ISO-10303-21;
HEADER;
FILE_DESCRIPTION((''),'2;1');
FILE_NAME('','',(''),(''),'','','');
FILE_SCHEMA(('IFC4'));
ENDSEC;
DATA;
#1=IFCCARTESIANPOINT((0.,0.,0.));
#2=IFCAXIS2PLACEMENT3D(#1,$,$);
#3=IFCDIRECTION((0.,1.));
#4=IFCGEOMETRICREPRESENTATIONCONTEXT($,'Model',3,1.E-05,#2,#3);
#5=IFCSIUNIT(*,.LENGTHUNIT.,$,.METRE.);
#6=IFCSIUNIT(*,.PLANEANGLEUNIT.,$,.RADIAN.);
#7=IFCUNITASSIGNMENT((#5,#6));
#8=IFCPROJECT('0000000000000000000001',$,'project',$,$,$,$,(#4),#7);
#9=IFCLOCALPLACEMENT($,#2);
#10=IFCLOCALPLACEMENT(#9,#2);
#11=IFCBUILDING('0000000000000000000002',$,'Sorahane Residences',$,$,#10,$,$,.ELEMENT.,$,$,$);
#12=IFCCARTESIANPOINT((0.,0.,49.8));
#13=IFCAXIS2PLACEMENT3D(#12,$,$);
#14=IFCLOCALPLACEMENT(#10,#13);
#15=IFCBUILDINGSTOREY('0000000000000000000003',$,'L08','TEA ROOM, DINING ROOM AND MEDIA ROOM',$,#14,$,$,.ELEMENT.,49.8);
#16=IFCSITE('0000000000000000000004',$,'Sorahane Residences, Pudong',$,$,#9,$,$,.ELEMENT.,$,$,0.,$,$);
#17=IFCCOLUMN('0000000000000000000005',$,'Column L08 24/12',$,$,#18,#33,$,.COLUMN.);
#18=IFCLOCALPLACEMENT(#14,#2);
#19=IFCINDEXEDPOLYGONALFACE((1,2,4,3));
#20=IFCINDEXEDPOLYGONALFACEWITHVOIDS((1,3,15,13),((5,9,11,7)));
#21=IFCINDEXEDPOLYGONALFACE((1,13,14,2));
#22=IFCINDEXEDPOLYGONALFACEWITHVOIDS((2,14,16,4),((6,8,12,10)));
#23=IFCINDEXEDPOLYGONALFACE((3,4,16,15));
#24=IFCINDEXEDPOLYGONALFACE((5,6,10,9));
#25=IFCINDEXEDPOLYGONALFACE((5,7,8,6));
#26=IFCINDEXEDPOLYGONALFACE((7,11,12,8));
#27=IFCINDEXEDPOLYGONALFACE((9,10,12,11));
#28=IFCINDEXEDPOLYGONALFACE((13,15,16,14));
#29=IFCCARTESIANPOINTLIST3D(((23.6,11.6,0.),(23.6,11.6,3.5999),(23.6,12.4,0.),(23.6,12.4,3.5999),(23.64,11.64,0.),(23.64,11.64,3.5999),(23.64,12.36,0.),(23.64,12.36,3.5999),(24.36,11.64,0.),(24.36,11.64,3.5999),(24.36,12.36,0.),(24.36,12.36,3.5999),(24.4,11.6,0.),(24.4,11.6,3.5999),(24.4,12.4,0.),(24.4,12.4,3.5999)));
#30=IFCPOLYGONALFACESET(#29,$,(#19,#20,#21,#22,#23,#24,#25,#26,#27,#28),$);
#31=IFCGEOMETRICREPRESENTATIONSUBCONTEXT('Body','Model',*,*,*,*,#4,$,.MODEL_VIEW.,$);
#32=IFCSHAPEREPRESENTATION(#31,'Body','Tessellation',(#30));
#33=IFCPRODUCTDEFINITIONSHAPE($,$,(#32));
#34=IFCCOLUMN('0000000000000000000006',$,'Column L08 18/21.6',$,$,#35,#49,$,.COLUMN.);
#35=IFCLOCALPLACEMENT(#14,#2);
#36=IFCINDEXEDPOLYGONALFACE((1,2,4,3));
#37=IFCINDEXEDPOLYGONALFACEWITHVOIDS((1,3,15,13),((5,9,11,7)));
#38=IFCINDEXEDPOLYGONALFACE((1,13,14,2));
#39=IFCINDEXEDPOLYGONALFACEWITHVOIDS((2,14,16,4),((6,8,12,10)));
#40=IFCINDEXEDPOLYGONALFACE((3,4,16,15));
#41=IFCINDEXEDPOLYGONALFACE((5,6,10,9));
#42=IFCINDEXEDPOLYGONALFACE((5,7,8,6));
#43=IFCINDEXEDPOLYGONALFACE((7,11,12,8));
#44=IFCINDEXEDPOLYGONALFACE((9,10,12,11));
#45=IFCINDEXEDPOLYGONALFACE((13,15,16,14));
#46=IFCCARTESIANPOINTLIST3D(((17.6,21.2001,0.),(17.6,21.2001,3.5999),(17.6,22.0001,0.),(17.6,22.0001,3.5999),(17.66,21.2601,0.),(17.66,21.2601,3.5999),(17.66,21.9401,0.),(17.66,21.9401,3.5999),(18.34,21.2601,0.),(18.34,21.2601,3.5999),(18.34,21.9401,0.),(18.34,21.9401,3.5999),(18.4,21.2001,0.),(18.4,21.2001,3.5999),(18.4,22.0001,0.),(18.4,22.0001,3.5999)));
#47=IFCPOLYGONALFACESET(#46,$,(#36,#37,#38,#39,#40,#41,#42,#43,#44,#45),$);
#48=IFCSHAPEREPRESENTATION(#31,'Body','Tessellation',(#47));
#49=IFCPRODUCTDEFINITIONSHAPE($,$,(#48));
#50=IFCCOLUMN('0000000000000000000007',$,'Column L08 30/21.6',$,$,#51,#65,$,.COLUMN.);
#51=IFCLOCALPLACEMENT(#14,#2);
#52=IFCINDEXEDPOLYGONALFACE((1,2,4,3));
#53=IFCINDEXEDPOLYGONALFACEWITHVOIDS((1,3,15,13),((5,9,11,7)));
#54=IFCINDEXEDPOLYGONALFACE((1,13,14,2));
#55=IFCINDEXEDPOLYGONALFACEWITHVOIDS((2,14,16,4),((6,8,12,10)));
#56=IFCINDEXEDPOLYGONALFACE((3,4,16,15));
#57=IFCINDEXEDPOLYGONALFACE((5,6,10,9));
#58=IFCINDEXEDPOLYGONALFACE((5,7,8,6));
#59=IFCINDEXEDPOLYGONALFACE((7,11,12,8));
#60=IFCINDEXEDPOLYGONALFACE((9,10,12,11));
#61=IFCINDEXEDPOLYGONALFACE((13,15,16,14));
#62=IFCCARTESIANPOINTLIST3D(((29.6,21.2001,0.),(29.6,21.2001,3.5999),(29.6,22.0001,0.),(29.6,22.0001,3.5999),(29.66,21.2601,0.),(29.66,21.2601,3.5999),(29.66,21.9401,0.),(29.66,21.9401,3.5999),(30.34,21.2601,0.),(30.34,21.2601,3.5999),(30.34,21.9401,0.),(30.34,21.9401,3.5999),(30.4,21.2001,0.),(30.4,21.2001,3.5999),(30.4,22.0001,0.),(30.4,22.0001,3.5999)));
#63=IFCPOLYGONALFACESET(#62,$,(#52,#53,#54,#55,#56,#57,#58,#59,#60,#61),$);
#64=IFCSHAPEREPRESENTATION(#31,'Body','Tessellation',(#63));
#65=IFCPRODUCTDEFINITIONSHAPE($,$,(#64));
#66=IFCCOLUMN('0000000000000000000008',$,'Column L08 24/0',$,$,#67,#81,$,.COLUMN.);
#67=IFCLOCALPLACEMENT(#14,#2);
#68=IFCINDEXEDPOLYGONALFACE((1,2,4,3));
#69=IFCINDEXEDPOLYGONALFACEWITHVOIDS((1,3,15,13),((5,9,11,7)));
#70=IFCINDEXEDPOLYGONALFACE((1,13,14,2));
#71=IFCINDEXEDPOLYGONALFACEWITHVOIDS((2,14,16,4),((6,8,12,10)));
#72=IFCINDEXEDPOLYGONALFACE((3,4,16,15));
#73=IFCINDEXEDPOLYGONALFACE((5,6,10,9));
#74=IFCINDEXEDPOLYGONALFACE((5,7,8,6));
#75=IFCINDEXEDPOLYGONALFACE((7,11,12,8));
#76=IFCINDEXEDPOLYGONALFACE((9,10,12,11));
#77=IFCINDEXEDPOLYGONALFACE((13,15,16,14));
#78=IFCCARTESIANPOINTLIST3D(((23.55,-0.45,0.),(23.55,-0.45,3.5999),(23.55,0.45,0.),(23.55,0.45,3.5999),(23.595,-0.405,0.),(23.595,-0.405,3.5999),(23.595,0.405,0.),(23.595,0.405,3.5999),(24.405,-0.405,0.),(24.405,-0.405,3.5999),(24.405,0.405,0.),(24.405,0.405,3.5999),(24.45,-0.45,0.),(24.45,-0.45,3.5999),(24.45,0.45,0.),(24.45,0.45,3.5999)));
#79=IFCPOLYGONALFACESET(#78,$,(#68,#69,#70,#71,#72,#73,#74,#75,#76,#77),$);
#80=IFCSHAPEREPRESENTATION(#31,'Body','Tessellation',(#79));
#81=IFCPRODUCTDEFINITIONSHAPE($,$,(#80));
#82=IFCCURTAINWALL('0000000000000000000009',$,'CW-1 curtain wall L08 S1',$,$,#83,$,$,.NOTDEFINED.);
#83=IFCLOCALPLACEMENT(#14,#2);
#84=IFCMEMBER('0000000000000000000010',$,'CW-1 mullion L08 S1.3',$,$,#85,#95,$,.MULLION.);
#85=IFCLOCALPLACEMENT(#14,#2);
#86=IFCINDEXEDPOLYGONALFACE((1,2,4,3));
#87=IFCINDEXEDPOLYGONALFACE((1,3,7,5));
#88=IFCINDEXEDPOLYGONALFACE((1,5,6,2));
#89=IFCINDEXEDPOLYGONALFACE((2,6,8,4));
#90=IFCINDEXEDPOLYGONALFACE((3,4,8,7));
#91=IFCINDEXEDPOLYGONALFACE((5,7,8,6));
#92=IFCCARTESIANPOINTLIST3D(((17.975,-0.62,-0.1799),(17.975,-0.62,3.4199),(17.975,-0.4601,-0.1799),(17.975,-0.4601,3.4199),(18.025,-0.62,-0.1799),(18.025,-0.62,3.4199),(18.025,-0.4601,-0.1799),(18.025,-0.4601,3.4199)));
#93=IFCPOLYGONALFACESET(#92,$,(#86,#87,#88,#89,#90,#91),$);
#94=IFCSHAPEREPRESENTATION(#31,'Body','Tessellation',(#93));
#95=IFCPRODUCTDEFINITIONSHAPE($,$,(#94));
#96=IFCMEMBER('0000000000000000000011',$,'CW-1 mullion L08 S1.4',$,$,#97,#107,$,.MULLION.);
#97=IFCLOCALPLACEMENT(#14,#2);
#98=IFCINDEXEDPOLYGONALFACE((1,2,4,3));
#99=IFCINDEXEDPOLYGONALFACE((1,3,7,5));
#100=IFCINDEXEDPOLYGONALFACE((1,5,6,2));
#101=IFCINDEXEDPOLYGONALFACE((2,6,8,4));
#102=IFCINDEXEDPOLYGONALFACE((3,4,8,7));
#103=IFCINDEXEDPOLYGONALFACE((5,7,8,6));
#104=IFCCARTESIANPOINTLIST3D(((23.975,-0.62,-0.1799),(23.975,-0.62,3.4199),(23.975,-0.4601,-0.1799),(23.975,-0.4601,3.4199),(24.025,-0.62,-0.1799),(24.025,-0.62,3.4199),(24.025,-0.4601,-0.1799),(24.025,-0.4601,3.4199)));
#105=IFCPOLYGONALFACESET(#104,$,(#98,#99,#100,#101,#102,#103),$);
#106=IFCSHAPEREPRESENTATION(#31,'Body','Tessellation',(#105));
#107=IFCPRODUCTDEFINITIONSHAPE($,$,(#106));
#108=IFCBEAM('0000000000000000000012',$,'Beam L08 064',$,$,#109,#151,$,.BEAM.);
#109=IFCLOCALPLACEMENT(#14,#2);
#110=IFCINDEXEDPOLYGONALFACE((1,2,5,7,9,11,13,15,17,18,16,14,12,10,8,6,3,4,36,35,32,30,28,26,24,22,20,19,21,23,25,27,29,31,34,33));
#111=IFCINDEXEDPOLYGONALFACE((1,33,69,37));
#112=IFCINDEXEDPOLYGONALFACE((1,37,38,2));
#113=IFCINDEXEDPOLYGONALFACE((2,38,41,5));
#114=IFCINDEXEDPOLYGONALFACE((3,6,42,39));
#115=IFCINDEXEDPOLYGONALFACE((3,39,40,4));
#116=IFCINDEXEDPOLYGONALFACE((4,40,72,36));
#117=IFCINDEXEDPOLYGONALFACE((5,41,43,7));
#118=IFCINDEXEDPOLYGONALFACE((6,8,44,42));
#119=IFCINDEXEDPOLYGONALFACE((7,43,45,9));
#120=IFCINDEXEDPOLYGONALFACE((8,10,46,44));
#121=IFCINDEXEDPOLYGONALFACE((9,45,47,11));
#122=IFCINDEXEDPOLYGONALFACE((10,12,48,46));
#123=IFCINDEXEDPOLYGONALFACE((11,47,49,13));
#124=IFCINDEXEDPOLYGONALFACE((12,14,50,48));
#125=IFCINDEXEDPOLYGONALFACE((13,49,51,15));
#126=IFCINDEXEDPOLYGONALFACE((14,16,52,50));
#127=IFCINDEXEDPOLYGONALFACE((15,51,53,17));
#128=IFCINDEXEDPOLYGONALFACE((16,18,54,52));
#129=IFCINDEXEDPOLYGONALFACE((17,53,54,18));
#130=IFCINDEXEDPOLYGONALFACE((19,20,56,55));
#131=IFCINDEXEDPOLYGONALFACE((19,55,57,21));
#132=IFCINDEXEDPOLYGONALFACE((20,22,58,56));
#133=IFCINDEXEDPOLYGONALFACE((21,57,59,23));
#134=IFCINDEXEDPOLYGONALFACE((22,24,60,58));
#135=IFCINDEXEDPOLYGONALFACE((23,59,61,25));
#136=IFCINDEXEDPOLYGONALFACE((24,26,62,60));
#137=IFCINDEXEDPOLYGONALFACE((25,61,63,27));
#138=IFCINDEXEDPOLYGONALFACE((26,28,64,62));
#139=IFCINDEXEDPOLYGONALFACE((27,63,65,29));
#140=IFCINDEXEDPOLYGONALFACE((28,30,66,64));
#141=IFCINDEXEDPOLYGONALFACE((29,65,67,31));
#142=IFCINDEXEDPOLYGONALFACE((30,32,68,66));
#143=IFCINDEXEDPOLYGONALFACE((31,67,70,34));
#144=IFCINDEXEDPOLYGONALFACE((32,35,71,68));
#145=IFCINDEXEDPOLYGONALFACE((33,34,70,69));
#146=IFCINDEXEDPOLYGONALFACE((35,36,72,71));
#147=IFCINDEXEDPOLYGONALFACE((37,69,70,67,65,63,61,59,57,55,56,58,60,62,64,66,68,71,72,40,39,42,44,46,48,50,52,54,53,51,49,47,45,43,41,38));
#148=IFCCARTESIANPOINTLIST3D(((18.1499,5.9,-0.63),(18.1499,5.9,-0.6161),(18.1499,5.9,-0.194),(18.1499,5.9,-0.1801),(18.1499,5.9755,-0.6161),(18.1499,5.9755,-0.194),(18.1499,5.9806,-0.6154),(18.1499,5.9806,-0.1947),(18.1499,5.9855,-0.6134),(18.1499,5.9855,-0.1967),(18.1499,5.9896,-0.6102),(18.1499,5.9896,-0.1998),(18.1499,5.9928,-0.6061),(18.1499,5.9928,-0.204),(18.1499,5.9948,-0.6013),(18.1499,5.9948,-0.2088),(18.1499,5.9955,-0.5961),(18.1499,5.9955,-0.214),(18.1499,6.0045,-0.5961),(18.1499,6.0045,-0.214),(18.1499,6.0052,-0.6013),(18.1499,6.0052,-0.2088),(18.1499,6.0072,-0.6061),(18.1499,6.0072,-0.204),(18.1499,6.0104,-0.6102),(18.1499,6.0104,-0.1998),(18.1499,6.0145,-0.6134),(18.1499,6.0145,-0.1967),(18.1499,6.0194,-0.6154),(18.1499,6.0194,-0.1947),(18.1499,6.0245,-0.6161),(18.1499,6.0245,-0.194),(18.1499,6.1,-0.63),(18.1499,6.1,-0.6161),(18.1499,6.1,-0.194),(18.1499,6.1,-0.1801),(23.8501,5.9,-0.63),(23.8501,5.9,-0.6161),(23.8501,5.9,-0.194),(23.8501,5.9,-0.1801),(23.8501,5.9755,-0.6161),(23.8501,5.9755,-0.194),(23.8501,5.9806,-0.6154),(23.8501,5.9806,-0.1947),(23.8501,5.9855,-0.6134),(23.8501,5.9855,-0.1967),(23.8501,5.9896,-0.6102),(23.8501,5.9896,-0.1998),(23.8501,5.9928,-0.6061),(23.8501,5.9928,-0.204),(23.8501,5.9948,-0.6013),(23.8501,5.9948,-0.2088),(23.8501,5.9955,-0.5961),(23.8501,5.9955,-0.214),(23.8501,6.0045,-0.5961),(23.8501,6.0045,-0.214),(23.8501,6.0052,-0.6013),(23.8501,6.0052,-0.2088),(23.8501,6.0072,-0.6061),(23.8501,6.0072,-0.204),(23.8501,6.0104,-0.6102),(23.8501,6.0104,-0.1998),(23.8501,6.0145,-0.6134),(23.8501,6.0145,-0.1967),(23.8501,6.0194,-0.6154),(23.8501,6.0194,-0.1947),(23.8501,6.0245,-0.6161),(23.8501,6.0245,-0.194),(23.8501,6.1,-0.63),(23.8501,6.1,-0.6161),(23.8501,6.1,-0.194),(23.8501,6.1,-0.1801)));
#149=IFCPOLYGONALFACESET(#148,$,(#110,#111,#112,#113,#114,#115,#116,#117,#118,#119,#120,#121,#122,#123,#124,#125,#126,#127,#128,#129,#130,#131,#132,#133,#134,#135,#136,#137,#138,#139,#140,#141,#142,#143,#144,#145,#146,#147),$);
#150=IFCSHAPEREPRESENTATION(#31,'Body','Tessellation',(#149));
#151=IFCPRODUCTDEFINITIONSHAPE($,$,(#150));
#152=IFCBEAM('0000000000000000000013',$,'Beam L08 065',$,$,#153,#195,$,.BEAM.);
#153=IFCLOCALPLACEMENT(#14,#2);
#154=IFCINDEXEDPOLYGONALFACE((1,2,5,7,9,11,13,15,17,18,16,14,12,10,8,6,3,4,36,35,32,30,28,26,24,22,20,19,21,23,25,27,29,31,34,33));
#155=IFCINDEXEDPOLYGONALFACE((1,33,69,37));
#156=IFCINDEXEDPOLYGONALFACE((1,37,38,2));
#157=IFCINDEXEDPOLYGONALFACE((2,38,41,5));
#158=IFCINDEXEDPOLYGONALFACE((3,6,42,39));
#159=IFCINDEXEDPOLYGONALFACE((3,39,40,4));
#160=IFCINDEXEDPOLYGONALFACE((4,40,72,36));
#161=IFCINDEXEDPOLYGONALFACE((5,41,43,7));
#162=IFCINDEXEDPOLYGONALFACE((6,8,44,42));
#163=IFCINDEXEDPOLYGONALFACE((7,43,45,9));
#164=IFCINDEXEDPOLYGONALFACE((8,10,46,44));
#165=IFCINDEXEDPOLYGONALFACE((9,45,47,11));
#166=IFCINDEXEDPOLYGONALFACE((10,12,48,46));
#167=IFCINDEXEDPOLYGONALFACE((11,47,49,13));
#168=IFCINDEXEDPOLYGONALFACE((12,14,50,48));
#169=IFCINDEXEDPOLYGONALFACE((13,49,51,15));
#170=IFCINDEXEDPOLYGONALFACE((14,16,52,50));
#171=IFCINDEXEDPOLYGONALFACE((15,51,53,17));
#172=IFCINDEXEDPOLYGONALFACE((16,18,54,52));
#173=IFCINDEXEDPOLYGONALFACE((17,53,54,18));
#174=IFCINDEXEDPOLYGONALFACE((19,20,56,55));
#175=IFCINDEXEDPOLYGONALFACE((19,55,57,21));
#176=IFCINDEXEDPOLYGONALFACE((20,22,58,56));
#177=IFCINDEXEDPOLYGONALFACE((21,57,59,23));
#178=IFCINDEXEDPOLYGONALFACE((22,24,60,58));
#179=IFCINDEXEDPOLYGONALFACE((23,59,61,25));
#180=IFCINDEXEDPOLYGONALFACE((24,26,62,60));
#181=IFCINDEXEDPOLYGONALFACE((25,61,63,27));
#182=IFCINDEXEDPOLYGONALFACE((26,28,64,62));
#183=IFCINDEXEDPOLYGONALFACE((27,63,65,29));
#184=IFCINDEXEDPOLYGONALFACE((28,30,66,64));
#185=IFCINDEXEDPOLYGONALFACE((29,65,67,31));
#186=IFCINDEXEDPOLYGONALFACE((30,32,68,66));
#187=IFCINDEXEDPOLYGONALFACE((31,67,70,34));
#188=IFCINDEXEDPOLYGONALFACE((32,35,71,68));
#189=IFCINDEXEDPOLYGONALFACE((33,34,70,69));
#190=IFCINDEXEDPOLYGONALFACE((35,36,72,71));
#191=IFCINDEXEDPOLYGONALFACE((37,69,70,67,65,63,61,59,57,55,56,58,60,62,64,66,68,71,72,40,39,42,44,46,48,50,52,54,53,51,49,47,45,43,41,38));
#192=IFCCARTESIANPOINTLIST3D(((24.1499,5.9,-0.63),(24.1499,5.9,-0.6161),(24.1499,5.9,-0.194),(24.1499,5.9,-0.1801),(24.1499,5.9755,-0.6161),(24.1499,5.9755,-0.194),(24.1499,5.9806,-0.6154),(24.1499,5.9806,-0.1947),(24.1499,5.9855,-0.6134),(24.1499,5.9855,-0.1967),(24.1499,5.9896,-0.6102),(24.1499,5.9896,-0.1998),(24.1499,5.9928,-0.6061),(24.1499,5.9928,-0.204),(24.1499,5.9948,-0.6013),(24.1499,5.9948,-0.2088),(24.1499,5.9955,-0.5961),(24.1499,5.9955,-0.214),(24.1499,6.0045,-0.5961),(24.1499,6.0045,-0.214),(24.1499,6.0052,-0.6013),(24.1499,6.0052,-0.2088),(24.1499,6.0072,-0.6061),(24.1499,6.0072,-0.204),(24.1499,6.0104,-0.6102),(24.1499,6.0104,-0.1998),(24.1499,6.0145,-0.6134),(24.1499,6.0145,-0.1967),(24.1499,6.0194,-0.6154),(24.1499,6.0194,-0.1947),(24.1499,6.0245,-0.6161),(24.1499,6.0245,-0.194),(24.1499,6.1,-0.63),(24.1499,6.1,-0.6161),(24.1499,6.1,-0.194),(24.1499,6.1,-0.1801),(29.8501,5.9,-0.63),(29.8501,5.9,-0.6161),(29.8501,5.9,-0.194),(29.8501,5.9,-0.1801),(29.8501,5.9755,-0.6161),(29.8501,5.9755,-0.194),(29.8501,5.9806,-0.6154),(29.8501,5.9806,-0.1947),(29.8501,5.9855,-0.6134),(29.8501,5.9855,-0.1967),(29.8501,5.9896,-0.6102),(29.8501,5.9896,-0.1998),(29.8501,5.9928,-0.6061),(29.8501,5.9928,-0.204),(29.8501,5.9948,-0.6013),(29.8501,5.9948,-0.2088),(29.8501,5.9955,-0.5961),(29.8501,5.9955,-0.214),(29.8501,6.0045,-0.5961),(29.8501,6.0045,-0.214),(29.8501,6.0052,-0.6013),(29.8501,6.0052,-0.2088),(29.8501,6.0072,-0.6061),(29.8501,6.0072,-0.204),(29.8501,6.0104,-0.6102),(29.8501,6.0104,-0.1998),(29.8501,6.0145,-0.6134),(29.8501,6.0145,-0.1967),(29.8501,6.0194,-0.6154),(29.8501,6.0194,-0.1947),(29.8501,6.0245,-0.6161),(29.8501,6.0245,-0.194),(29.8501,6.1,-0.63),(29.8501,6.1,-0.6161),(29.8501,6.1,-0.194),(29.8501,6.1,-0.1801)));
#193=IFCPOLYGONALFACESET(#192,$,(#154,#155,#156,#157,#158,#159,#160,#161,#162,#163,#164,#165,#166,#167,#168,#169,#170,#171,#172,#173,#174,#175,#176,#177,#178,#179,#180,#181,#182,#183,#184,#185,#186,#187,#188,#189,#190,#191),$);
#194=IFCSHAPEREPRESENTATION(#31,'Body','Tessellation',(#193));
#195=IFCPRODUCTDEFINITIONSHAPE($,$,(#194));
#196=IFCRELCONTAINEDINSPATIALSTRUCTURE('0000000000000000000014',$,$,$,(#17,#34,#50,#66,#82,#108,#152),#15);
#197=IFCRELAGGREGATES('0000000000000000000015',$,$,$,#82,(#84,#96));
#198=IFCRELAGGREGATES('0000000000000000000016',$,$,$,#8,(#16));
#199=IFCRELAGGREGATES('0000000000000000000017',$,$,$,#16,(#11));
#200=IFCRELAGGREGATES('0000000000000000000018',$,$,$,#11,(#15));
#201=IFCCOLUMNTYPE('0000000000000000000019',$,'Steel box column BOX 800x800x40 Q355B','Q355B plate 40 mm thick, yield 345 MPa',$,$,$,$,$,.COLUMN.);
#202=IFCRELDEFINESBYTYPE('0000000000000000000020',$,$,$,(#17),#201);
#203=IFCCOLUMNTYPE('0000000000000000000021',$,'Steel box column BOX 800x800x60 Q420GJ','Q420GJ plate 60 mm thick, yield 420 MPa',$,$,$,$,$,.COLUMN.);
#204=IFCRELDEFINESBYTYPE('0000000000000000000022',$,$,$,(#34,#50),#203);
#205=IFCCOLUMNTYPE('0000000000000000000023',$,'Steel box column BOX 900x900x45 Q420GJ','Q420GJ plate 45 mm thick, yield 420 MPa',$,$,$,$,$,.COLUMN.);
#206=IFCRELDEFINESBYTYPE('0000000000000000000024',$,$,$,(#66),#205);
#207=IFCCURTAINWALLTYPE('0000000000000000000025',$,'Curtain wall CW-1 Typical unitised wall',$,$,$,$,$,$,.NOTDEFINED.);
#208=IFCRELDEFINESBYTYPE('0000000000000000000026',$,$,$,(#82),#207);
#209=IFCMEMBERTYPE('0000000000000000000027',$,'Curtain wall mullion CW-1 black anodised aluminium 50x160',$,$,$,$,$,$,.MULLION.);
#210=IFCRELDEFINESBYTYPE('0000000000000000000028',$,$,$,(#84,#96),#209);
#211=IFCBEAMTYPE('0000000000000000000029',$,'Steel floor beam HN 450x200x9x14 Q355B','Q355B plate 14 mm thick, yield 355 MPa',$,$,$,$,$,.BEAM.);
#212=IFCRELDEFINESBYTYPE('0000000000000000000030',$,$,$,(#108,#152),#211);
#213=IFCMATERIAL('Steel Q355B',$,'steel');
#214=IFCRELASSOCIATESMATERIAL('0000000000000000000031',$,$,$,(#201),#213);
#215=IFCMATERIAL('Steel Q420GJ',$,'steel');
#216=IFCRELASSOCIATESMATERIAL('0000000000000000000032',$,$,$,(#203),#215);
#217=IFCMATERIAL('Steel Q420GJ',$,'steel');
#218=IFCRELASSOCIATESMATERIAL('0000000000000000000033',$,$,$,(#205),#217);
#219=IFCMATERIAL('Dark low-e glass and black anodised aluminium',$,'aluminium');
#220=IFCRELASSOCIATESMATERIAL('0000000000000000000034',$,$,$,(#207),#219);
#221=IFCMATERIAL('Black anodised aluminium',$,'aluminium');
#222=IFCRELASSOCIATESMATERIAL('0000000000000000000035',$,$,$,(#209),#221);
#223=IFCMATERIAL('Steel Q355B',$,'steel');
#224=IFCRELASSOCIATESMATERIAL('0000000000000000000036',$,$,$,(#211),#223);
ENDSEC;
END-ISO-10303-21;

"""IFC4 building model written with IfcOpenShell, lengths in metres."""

from ifc_helpers import new_model, si_unit, direction, frame, origin, origin_2d, place, context, subcontext, project, spatial, rectangle, hollow_rectangle, i_section, extrude, material, material_profile, profile_set, type_object, element, aggregate, save


model = new_model("IFC4")

# Units and contexts
model_context = context("Model", 3, precision=1e-05, world=origin(), true_north=direction((0.0, 1.0)))
body_context = subcontext(model_context, "Body", "Model", "MODEL_VIEW")
ifc_project = project(units=[si_unit("LENGTHUNIT", "METRE"), si_unit("PLANEANGLEUNIT", "RADIAN")], contexts=[model_context])

# Site, building, storey
site_placement = place(None, origin())
site = spatial("IfcSite", under=ifc_project, at=site_placement, Name="Sorahane Residences, Pudong", CompositionType="ELEMENT", RefElevation=0.0)
building_placement = place(site_placement, origin())
building = spatial("IfcBuilding", under=site, at=building_placement, Name="Sorahane Residences", CompositionType="ELEMENT")
storey_placement = place(building_placement, frame((0.0, 0.0, 49.8)))
storey = spatial("IfcBuildingStorey", under=building, at=storey_placement, Name="L08", Description="TEA ROOM, DINING ROOM AND MEDIA ROOM", CompositionType="ELEMENT", Elevation=49.8)

# Columns
ifc_material_1 = material(Name="Steel Q355B", Category="steel")
ifc_material_profile_1 = material_profile(ifc_material_1, hollow_rectangle(XDim=0.8, YDim=0.8, WallThickness=0.04, at=origin_2d()), Name="BOX 800x800x40")
ifc_profile_set_1 = profile_set([ifc_material_profile_1], Name="Steel Q355B")
column_type_1 = type_object("IfcColumnType", Name="Steel box column BOX 800x800x40 Q355B", Description="Q355B plate 40 mm thick, yield 345 MPa", PredefinedType="COLUMN", material=ifc_profile_set_1)
column_1_placement = place(storey_placement, frame((24.0, 12.0, 0.0), z_axis=(0.0, 0.0, 1.0), x_axis=(1.0, 0.0, 0.0)))
element("IfcColumn", 1, at=column_1_placement, inside=storey, type_object=column_type_1, Name="Column L08 24/12", PredefinedType="COLUMN", context=body_context, shape_type="SweptSolid", body=[
    extrude(hollow_rectangle(XDim=0.8, YDim=0.8, WallThickness=0.04, at=origin_2d()), origin(), (0.0, 0.0, 1.0), 3.5999),
])
ifc_material_2 = material(Name="Steel Q420GJ", Category="steel")
ifc_material_profile_2 = material_profile(ifc_material_2, hollow_rectangle(XDim=0.8, YDim=0.8, WallThickness=0.0601, at=origin_2d()), Name="BOX 800x800x60")
ifc_profile_set_2 = profile_set([ifc_material_profile_2], Name="Steel Q420GJ")
column_type_2 = type_object("IfcColumnType", Name="Steel box column BOX 800x800x60 Q420GJ", Description="Q420GJ plate 60 mm thick, yield 420 MPa", PredefinedType="COLUMN", material=ifc_profile_set_2)
for number, where, z_axis, x_axis, name in (
    (2, (18.0, 21.6001, 0.0), (0.0, 0.0, 1.0), (1.0, 0.0, 0.0), "Column L08 18/21.6"),
    (3, (30.0, 21.6001, 0.0), (0.0, 0.0, 1.0), (1.0, 0.0, 0.0), "Column L08 30/21.6"),
):
    element("IfcColumn", number, at=place(storey_placement, frame(where, z_axis=z_axis, x_axis=x_axis)), inside=storey, type_object=column_type_2, Name=name, PredefinedType="COLUMN", context=body_context, shape_type="SweptSolid", body=[
        extrude(hollow_rectangle(XDim=0.8, YDim=0.8, WallThickness=0.0601, at=origin_2d()), origin(), (0.0, 0.0, 1.0), 3.5999),
    ])
ifc_material_3 = material(Name="Steel Q420GJ", Category="steel")
ifc_material_profile_3 = material_profile(ifc_material_3, hollow_rectangle(XDim=0.8999, YDim=0.8999, WallThickness=0.0449, at=origin_2d()), Name="BOX 900x900x45")
ifc_profile_set_3 = profile_set([ifc_material_profile_3], Name="Steel Q420GJ")
column_type_3 = type_object("IfcColumnType", Name="Steel box column BOX 900x900x45 Q420GJ", Description="Q420GJ plate 45 mm thick, yield 420 MPa", PredefinedType="COLUMN", material=ifc_profile_set_3)
column_2_placement = place(storey_placement, frame((24.0, 0.0, 0.0), z_axis=(0.0, 0.0, 1.0), x_axis=(1.0, 0.0, 0.0)))
element("IfcColumn", 4, at=column_2_placement, inside=storey, type_object=column_type_3, Name="Column L08 24/0", PredefinedType="COLUMN", context=body_context, shape_type="SweptSolid", body=[
    extrude(hollow_rectangle(XDim=0.8999, YDim=0.8999, WallThickness=0.0449, at=origin_2d()), origin(), (0.0, 0.0, 1.0), 3.5999),
])

# Curtain wall, members
ifc_material_4 = material(Name="Dark low-e glass and black anodised aluminium", Category="aluminium")
curtain_wall_type = type_object("IfcCurtainWallType", Name="Curtain wall CW-1 Typical unitised wall", PredefinedType="NOTDEFINED", material=ifc_material_4)
curtain_wall_placement = place(storey_placement, origin())
curtain_wall = element("IfcCurtainWall", 5, at=curtain_wall_placement, inside=storey, type_object=curtain_wall_type, Name="CW-1 curtain wall L08 S1", PredefinedType="NOTDEFINED")
ifc_material_5 = material(Name="Black anodised aluminium", Category="aluminium")
ifc_material_profile_4 = material_profile(ifc_material_5, rectangle(XDim=0.1599, YDim=0.05, at=origin_2d()), Name="Curtain wall mullion CW-1 black anodised aluminium 50x160")
ifc_profile_set_4 = profile_set([ifc_material_profile_4], Name="Black anodised aluminium")
member_type = type_object("IfcMemberType", Name="Curtain wall mullion CW-1 black anodised aluminium 50x160", PredefinedType="MULLION", material=ifc_profile_set_4)
member_1_placement = place(storey_placement, frame((18.0, -0.54, -0.1799), z_axis=(0.0, 0.0, 1.0), x_axis=(0.0, -1.0, 0.0)))
member_1 = element("IfcMember", 6, at=member_1_placement, type_object=member_type, Name="CW-1 mullion L08 S1.3", PredefinedType="MULLION", context=body_context, shape_type="SweptSolid", body=[
    extrude(rectangle(XDim=0.1599, YDim=0.05, at=origin_2d()), origin(), (0.0, 0.0, 1.0), 3.5999),
])
member_2_placement = place(storey_placement, frame((24.0, -0.54, -0.1799), z_axis=(0.0, 0.0, 1.0), x_axis=(0.0, -1.0, 0.0)))
member_2 = element("IfcMember", 7, at=member_2_placement, type_object=member_type, Name="CW-1 mullion L08 S1.4", PredefinedType="MULLION", context=body_context, shape_type="SweptSolid", body=[
    extrude(rectangle(XDim=0.1599, YDim=0.05, at=origin_2d()), origin(), (0.0, 0.0, 1.0), 3.5999),
])

# Beams
ifc_material_6 = material(Name="Steel Q355B", Category="steel")
ifc_material_profile_5 = material_profile(ifc_material_6, i_section(OverallWidth=0.2, OverallDepth=0.45, WebThickness=0.009, FlangeThickness=0.0139, FilletRadius=0.02, at=origin_2d()), Name="HN 450x200x9x14")
ifc_profile_set_5 = profile_set([ifc_material_profile_5], Name="Steel Q355B")
beam_type_1 = type_object("IfcBeamType", Name="Steel floor beam HN 450x200x9x14 Q355B", Description="Q355B plate 14 mm thick, yield 355 MPa", PredefinedType="BEAM", material=ifc_profile_set_5)
for number, where, z_axis, x_axis, name in (
    (8, (18.1499, 6.0, -0.405), (1.0, 0.0, 0.0), (0.0, 1.0, 0.0), "Beam L08 064"),
    (9, (24.1499, 6.0, -0.405), (1.0, 0.0, 0.0), (0.0, 1.0, 0.0), "Beam L08 065"),
):
    element("IfcBeam", number, at=place(storey_placement, frame(where, z_axis=z_axis, x_axis=x_axis)), inside=storey, type_object=beam_type_1, Name=name, PredefinedType="BEAM", context=body_context, shape_type="SweptSolid", body=[
        extrude(i_section(OverallWidth=0.2, OverallDepth=0.45, WebThickness=0.009, FlangeThickness=0.0139, FilletRadius=0.02, at=origin_2d()), origin(), (0.0, 0.0, 1.0), 5.7002),
    ])

aggregate(curtain_wall, [member_1, member_2])

save(model, "model.ifc")
